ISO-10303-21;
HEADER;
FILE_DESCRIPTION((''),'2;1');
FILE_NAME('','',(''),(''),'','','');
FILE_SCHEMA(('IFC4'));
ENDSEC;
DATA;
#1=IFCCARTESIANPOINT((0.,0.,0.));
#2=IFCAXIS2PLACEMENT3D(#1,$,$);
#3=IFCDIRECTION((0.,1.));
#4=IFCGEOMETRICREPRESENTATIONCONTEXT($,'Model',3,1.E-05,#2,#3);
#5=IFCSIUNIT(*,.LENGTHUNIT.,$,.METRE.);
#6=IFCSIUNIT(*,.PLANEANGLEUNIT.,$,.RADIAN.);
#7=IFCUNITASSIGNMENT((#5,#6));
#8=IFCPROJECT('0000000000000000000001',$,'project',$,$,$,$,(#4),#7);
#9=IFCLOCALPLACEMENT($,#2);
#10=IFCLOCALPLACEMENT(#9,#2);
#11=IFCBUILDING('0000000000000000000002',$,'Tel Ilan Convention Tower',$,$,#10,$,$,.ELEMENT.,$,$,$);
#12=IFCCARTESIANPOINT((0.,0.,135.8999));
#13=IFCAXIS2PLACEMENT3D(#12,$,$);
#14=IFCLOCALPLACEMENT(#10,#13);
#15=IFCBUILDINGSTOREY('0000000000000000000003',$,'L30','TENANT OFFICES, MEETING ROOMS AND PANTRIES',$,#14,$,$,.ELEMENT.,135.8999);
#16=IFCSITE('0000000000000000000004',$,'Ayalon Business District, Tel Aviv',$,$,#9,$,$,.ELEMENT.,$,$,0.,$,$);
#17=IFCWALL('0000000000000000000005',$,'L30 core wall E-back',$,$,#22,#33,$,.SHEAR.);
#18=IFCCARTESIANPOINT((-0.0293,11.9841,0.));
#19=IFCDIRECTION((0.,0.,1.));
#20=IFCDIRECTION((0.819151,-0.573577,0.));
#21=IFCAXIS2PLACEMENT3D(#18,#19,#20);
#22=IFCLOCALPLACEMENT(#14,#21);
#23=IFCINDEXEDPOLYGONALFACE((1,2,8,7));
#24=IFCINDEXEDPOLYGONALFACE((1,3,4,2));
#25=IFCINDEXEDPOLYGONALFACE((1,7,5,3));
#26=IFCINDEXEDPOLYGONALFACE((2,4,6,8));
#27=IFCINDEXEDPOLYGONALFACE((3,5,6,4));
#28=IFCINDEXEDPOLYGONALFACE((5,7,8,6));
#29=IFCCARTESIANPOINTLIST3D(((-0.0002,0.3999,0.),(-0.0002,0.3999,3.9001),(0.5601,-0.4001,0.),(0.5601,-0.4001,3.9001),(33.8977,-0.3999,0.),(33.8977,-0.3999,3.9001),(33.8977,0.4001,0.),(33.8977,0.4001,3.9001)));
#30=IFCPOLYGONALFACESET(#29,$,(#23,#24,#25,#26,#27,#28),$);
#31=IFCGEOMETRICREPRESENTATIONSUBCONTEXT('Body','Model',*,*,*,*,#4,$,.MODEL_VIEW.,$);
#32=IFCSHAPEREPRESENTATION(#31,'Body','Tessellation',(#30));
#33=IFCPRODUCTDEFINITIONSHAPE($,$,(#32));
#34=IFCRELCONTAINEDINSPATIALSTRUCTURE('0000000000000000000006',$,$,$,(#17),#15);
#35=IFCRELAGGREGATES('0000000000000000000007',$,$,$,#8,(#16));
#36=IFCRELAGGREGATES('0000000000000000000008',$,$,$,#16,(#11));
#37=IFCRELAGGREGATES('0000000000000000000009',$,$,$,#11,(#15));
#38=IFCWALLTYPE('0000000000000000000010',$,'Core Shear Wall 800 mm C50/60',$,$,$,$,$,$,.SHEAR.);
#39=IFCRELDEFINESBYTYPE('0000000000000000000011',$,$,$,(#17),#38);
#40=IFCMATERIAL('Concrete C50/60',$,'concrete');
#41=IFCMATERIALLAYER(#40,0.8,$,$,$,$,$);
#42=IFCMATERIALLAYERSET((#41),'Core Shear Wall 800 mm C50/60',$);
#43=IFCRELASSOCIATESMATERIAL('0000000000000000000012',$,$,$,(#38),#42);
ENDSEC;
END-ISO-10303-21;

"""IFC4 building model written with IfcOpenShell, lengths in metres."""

from ifc_helpers import new_model, si_unit, direction, frame, origin, place, context, subcontext, project, spatial, polyline, outline, extrude, material, layer, layer_set, type_object, element, save


model = new_model("IFC4")

# Units and contexts
model_context = context("Model", 3, precision=1e-05, world=origin(), true_north=direction((0.0, 1.0)))
body_context = subcontext(model_context, "Body", "Model", "MODEL_VIEW")
ifc_project = project(units=[si_unit("LENGTHUNIT", "METRE"), si_unit("PLANEANGLEUNIT", "RADIAN")], contexts=[model_context])

# Site, building, storey
site_placement = place(None, origin())
site = spatial("IfcSite", under=ifc_project, at=site_placement, Name="Ayalon Business District, Tel Aviv", CompositionType="ELEMENT", RefElevation=0.0)
building_placement = place(site_placement, origin())
building = spatial("IfcBuilding", under=site, at=building_placement, Name="Tel Ilan Convention Tower", CompositionType="ELEMENT")
storey_placement = place(building_placement, frame((0.0, 0.0, 135.8999)))
storey = spatial("IfcBuildingStorey", under=building, at=storey_placement, Name="L30", Description="TENANT OFFICES, MEETING ROOMS AND PANTRIES", CompositionType="ELEMENT", Elevation=135.8999)

# Wall
ifc_material_1 = material(Name="Concrete C50/60", Category="concrete")
ifc_layer_1 = layer(ifc_material_1, 0.8)
ifc_layer_set_1 = layer_set([ifc_layer_1], Name="Core Shear Wall 800 mm C50/60")
wall_type_1 = type_object("IfcWallType", Name="Core Shear Wall 800 mm C50/60", PredefinedType="SHEAR", material=ifc_layer_set_1)
wall_1_placement = place(storey_placement, frame((-0.0293, 11.9841, 0.0), z_axis=(0.0, 0.0, 1.0), x_axis=(0.819151, -0.573577, 0.0)))
element("IfcWall", 1, at=wall_1_placement, inside=storey, type_object=wall_type_1, Name="L30 core wall E-back", PredefinedType="SHEAR", context=body_context, shape_type="SweptSolid", body=[
    extrude(outline(polyline([(33.8977, 0.4001), (-0.0002, 0.3999), (0.5601, -0.4001), (33.8977, -0.3999), (33.8977, 0.4001)])), origin(), (0.0, 0.0, 1.0), 3.9001),
])

save(model, "model.ifc")
